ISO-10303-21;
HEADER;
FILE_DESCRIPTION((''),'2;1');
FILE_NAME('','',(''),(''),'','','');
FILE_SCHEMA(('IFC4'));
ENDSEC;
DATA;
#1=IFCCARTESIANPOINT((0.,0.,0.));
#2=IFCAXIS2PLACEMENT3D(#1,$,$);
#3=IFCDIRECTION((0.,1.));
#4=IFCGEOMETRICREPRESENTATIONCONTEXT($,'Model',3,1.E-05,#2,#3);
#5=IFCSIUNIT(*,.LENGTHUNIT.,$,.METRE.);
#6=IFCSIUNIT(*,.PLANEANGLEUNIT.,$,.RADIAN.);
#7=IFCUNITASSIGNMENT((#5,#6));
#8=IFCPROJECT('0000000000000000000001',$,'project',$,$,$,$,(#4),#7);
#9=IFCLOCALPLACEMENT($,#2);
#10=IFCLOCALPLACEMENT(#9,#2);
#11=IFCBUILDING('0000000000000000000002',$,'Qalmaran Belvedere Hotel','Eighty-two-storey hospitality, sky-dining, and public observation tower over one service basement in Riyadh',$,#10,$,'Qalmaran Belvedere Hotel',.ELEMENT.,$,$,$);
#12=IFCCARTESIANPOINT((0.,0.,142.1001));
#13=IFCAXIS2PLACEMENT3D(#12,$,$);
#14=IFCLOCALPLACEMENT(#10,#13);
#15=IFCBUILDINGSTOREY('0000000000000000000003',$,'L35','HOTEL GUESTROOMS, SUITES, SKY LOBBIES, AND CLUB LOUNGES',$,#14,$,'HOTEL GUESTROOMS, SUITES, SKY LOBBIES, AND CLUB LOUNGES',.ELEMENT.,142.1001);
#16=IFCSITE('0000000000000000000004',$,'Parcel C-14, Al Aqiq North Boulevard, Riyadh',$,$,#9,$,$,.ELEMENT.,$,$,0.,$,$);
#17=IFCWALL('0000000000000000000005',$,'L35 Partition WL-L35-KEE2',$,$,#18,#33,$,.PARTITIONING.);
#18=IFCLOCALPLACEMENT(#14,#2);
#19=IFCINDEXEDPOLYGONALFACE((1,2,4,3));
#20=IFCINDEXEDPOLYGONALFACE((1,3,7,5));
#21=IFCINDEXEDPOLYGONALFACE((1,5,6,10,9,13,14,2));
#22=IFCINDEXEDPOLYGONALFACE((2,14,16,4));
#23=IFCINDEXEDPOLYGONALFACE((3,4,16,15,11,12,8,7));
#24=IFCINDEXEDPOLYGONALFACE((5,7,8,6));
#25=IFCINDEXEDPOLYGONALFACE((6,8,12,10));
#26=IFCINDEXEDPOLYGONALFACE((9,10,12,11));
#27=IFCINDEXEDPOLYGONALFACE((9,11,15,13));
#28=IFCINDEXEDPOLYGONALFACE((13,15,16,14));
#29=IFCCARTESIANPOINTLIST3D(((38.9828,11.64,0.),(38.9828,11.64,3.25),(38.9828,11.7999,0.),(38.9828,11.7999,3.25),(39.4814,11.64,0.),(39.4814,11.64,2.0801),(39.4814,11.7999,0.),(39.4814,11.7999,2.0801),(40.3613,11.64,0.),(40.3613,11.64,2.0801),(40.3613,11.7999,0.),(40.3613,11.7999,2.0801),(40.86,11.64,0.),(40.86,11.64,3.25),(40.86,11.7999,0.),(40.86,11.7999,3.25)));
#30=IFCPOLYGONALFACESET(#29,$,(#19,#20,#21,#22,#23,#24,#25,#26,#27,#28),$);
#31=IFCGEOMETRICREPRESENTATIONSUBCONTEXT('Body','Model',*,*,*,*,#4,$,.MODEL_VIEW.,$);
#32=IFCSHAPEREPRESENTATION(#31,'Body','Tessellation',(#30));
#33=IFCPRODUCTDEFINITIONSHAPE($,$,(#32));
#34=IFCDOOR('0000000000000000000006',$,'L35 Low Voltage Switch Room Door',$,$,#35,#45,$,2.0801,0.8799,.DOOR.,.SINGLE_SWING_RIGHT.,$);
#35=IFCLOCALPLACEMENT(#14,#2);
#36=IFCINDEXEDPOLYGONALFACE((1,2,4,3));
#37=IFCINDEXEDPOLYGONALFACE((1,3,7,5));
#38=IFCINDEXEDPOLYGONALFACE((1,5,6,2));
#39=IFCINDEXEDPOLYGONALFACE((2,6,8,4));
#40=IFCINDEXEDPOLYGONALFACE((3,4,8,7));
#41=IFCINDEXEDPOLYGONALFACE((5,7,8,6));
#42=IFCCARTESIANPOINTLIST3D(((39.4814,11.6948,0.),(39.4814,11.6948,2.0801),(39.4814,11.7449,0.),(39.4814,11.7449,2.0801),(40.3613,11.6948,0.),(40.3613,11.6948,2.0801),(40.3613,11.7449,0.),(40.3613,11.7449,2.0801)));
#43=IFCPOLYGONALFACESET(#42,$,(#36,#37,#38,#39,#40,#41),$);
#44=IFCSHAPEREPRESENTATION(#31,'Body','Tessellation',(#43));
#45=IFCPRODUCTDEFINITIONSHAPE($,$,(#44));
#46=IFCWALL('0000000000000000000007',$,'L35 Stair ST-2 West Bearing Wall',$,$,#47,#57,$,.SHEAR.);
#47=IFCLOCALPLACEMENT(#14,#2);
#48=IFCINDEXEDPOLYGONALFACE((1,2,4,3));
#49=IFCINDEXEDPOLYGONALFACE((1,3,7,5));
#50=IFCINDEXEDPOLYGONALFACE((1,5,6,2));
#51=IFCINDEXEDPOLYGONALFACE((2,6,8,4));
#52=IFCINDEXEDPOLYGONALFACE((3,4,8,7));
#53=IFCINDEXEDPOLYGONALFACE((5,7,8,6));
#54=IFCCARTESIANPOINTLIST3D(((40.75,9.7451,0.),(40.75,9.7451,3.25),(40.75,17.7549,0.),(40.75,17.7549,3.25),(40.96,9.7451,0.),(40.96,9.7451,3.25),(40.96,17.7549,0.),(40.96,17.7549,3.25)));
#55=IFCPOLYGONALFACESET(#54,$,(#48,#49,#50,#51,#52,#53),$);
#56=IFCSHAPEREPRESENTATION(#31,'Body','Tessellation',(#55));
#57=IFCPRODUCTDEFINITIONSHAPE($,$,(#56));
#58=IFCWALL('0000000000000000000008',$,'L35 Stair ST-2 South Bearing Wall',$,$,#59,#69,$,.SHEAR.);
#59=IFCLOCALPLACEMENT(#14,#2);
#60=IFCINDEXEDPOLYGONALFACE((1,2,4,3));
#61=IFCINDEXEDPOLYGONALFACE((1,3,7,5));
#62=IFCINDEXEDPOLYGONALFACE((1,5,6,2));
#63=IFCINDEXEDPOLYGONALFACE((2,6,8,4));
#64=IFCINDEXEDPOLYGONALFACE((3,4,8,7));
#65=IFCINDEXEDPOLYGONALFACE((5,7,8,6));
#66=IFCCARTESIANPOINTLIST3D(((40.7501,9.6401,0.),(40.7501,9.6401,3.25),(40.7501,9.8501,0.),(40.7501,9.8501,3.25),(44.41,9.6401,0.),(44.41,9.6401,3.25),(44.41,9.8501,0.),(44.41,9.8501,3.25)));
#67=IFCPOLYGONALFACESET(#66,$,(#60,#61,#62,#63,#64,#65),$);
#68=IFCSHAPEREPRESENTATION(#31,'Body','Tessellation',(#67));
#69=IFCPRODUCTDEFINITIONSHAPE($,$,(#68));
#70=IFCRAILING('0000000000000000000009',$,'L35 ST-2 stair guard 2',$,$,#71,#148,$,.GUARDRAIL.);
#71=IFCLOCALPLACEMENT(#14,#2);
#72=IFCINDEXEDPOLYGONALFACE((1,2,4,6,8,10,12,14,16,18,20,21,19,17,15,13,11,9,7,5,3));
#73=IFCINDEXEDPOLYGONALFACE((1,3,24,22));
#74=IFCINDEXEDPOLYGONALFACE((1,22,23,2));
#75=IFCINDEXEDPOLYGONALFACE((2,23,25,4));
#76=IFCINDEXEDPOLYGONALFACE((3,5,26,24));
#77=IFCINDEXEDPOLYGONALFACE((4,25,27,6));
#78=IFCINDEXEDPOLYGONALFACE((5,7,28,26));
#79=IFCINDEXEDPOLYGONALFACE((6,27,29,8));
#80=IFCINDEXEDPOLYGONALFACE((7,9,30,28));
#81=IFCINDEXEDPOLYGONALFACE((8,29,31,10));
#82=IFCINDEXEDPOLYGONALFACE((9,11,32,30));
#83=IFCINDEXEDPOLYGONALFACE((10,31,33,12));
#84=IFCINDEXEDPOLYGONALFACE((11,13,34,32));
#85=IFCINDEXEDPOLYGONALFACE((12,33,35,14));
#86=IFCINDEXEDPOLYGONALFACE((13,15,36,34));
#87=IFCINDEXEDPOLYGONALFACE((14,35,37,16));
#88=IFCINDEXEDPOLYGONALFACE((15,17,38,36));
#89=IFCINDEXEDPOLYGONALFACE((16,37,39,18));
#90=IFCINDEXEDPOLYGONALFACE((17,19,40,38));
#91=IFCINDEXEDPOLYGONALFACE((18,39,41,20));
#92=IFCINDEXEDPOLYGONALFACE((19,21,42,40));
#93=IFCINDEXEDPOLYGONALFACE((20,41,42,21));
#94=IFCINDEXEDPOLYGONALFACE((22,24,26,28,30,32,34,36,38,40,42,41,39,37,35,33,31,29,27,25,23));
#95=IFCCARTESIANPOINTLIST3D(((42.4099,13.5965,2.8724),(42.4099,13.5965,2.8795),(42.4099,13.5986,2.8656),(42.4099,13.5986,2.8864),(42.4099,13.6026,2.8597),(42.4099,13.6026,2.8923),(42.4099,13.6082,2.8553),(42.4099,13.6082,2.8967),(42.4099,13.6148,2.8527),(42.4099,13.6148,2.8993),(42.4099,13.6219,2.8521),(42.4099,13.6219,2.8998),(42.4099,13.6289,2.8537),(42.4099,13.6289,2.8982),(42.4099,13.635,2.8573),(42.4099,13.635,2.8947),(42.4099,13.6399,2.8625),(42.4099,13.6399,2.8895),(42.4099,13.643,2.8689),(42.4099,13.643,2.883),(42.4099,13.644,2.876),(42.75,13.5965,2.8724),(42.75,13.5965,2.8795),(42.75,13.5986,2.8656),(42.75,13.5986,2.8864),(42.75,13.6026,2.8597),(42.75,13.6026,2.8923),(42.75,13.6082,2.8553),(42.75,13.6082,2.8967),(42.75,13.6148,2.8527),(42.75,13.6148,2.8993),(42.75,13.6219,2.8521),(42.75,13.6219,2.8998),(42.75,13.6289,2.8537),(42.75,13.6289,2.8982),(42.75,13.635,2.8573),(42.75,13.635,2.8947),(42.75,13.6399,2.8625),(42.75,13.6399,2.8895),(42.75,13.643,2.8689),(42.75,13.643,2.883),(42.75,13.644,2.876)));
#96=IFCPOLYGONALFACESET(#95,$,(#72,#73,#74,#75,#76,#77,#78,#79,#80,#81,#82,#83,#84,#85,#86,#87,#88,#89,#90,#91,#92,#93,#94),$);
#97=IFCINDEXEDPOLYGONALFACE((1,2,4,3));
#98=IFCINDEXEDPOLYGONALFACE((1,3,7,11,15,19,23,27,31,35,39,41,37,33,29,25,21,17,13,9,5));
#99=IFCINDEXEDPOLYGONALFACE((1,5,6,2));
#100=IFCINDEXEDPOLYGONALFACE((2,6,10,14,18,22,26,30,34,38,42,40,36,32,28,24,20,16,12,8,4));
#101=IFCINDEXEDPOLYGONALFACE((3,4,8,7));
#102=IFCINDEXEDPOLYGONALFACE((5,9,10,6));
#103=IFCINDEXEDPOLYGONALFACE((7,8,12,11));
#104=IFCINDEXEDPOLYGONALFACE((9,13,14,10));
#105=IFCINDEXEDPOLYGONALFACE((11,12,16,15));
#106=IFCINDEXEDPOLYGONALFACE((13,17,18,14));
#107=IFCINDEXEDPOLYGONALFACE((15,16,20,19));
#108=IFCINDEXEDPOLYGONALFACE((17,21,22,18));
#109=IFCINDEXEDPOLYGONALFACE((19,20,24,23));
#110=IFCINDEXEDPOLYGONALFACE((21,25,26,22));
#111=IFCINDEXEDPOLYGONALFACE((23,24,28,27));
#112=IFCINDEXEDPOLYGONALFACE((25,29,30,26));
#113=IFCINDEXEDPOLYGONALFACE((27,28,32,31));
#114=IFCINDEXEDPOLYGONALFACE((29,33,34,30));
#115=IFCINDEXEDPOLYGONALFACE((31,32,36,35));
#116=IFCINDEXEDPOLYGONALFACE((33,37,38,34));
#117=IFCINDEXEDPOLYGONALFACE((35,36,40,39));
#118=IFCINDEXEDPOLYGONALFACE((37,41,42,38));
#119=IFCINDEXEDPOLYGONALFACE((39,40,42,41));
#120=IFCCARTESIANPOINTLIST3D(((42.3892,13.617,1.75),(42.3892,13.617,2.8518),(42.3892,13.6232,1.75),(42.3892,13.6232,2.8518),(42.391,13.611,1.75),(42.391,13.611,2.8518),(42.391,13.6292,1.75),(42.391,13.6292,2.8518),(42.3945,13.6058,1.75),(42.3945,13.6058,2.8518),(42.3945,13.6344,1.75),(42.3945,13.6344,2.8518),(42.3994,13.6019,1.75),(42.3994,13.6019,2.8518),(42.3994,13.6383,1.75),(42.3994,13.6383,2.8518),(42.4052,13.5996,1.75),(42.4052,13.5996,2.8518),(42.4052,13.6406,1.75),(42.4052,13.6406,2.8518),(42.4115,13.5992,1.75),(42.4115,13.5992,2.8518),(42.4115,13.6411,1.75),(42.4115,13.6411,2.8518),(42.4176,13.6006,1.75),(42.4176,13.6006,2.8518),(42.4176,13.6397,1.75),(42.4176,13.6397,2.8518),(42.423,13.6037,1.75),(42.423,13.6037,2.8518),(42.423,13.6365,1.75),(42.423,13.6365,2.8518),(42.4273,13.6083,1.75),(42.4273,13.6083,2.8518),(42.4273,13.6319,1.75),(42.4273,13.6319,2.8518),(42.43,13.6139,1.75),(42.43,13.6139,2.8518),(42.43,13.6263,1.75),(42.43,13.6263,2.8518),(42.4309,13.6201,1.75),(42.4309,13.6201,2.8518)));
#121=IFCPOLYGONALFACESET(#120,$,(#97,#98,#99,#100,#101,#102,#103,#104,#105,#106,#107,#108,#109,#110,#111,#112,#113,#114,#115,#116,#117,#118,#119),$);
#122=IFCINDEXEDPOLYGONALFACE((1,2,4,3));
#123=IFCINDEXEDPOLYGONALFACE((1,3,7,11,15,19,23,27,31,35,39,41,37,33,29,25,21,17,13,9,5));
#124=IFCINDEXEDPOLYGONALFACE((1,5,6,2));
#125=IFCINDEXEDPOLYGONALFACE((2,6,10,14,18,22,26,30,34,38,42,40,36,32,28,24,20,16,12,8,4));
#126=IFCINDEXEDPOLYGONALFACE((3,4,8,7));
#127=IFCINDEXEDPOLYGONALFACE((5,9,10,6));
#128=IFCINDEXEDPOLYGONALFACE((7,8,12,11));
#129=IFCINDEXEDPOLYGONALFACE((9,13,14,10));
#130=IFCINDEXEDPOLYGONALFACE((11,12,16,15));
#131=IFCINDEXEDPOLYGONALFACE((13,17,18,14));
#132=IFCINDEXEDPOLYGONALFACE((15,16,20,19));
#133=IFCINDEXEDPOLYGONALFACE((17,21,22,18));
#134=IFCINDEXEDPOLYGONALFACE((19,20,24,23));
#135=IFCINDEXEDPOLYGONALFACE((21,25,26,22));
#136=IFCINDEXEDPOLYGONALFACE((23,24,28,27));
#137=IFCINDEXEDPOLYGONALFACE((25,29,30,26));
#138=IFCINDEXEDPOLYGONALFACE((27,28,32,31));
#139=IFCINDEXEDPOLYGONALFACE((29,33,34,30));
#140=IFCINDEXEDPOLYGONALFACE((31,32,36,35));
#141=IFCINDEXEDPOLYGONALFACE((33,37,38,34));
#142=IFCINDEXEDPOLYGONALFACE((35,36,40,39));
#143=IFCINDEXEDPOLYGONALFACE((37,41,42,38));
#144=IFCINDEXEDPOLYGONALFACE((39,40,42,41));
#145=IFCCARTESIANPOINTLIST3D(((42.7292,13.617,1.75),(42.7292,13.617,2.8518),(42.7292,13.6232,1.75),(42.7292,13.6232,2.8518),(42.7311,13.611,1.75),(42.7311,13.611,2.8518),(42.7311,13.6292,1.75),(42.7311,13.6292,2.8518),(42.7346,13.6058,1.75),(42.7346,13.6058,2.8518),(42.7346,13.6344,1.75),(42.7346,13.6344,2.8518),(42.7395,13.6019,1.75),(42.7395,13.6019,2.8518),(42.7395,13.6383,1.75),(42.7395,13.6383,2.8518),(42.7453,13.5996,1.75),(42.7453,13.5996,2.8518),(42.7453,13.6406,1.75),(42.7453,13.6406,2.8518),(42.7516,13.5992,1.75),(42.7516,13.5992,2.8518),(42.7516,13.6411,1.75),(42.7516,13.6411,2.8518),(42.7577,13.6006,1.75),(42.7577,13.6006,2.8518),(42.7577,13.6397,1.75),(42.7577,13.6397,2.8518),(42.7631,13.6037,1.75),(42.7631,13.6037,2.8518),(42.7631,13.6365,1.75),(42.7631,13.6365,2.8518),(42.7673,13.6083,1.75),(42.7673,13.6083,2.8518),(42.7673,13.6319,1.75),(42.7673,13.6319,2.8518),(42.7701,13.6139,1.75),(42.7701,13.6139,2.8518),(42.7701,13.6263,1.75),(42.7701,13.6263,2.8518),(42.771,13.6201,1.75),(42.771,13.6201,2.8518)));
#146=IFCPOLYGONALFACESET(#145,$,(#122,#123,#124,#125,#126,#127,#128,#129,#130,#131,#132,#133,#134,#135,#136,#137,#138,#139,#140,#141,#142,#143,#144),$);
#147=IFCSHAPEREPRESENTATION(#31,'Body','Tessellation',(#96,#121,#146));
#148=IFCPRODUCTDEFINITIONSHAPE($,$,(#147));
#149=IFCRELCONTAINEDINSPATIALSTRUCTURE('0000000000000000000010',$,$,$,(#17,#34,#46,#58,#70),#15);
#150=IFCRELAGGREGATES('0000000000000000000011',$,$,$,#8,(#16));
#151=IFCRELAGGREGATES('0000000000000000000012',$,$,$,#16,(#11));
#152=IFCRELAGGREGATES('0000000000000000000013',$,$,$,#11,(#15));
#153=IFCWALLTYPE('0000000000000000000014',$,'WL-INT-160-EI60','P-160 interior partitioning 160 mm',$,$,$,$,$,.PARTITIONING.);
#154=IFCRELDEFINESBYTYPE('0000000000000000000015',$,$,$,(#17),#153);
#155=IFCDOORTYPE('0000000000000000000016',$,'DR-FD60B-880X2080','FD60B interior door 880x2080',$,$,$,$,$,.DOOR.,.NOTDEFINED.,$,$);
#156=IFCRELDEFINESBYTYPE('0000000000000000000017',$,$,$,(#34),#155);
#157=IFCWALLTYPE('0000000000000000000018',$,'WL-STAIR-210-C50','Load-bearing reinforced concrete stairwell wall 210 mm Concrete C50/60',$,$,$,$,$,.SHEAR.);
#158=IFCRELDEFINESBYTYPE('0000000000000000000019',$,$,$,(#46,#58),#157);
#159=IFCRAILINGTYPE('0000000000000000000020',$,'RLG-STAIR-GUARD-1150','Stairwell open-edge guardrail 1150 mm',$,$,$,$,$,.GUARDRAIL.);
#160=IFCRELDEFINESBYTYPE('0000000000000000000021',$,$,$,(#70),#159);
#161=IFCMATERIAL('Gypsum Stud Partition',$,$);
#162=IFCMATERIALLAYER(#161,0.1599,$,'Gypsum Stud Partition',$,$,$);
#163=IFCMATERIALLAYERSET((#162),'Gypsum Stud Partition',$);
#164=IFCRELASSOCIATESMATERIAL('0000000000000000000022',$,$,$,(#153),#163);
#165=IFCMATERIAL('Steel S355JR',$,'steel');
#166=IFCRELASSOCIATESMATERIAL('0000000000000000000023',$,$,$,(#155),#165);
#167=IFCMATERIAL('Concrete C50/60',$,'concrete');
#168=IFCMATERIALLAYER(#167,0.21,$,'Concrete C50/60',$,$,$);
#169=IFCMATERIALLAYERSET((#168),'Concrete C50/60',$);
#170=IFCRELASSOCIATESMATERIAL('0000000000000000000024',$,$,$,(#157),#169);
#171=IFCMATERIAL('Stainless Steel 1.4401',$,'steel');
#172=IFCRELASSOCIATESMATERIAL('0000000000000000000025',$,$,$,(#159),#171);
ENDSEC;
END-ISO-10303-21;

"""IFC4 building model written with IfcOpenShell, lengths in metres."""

from ifc_helpers import new_model, si_unit, direction, frame, frame_2d, origin, origin_2d, place, context, subcontext, project, spatial, rectangle, circle, extrude, material, layer, layer_set, type_object, element, fill, save


model = new_model("IFC4")

# Units and contexts
model_context = context("Model", 3, precision=1e-05, world=origin(), true_north=direction((0.0, 1.0)))
body_context = subcontext(model_context, "Body", "Model", "MODEL_VIEW")
ifc_project = project(units=[si_unit("LENGTHUNIT", "METRE"), si_unit("PLANEANGLEUNIT", "RADIAN")], contexts=[model_context])

# Site, building, storey
site_placement = place(None, origin())
site = spatial("IfcSite", under=ifc_project, at=site_placement, Name="Parcel C-14, Al Aqiq North Boulevard, Riyadh", CompositionType="ELEMENT", RefElevation=0.0)
building_placement = place(site_placement, origin())
building = spatial("IfcBuilding", under=site, at=building_placement, Name="Qalmaran Belvedere Hotel", Description="Eighty-two-storey hospitality, sky-dining, and public observation tower over one service basement in Riyadh", LongName="Qalmaran Belvedere Hotel", CompositionType="ELEMENT")
storey_placement = place(building_placement, frame((0.0, 0.0, 142.1001)))
storey = spatial("IfcBuildingStorey", under=building, at=storey_placement, Name="L35", Description="HOTEL GUESTROOMS, SUITES, SKY LOBBIES, AND CLUB LOUNGES", LongName="HOTEL GUESTROOMS, SUITES, SKY LOBBIES, AND CLUB LOUNGES", CompositionType="ELEMENT", Elevation=142.1001)

# Shared definitions
ifc_material_1 = material(Name="Gypsum Stud Partition")

# Shared definitions
ifc_material_2 = material(Name="Stainless Steel 1.4401", Category="steel")

# Wall, opening, door
ifc_layer_1 = layer(ifc_material_1, 0.1599, Name="Gypsum Stud Partition")
ifc_layer_set_1 = layer_set([ifc_layer_1], Name="Gypsum Stud Partition")
wall_type_1 = type_object("IfcWallType", Name="WL-INT-160-EI60", Description="P-160 interior partitioning 160 mm", PredefinedType="PARTITIONING", material=ifc_layer_set_1)
wall_1_placement = place(storey_placement, frame((38.9829, 11.72, 0.0), z_axis=(0.0, 0.0, 1.0), x_axis=(1.0, 0.0, 0.0)))
wall_1 = element("IfcWall", 1, at=wall_1_placement, inside=storey, type_object=wall_type_1, Name="L35 Partition WL-L35-KEE2", PredefinedType="PARTITIONING", context=body_context, shape_type="SweptSolid", body=[
    extrude(rectangle(XDim=1.8772, YDim=0.1599, at=frame_2d((0.9385, 0.0))), origin(), (0.0, 0.0, 1.0), 3.25),
])
opening_1_placement = place(wall_1_placement, frame((0.4985, 0.0, 0.0)))
opening_1 = element("IfcOpeningElement", 2, at=opening_1_placement, cuts=wall_1, PredefinedType="OPENING", context=body_context, shape_type="SweptSolid", body=[
    extrude(rectangle(XDim=0.8799, YDim=2.0801, at=frame_2d((0.4399, 1.04))), frame((0.0, 0.0898, 0.0), z_axis=(0.0, -1.0, 0.0), x_axis=(1.0, 0.0, 0.0)), (0.0, 0.0, 1.0), 0.1799),
])
ifc_material_3 = material(Name="Steel S355JR", Category="steel")
door_type_1 = type_object("IfcDoorType", Name="DR-FD60B-880X2080", Description="FD60B interior door 880x2080", OperationType="NOTDEFINED", PredefinedType="DOOR", material=ifc_material_3)
door_1_placement = place(opening_1_placement, origin())
door_1 = element("IfcDoor", 3, at=door_1_placement, inside=storey, type_object=door_type_1, Name="L35 Low Voltage Switch Room Door", OperationType="SINGLE_SWING_RIGHT", OverallHeight=2.0801, OverallWidth=0.8799, PredefinedType="DOOR", context=body_context, shape_type="SweptSolid", body=[
    extrude(rectangle(XDim=0.8799, YDim=2.0801, at=frame_2d((0.4399, 1.04))), frame((0.0, 0.0249, 0.0), z_axis=(0.0, -1.0, 0.0), x_axis=(1.0, 0.0, 0.0)), (0.0, 0.0, 1.0), 0.05),
])
fill(opening_1, door_1)

# Walls
ifc_material_4 = material(Name="Concrete C50/60", Category="concrete")
ifc_layer_2 = layer(ifc_material_4, 0.21, Name="Concrete C50/60")
ifc_layer_set_2 = layer_set([ifc_layer_2], Name="Concrete C50/60")
wall_type_2 = type_object("IfcWallType", Name="WL-STAIR-210-C50", Description="Load-bearing reinforced concrete stairwell wall 210 mm Concrete C50/60", PredefinedType="SHEAR", material=ifc_layer_set_2)
wall_2_placement = place(storey_placement, frame((40.855, 9.7451, 0.0), z_axis=(0.0, 0.0, 1.0), x_axis=(0.0, 1.0, 0.0)))
element("IfcWall", 4, at=wall_2_placement, inside=storey, type_object=wall_type_2, Name="L35 Stair ST-2 West Bearing Wall", PredefinedType="SHEAR", context=body_context, shape_type="SweptSolid", body=[
    extrude(rectangle(XDim=8.0098, YDim=0.21, at=frame_2d((4.0049, 0.0))), origin(), (0.0, 0.0, 1.0), 3.25),
])
wall_3_placement = place(storey_placement, frame((40.75, 9.7451, 0.0), z_axis=(0.0, 0.0, 1.0), x_axis=(1.0, 0.0, 0.0)))
element("IfcWall", 5, at=wall_3_placement, inside=storey, type_object=wall_type_2, Name="L35 Stair ST-2 South Bearing Wall", PredefinedType="SHEAR", context=body_context, shape_type="SweptSolid", body=[
    extrude(rectangle(XDim=3.6599, YDim=0.21, at=frame_2d((1.8301, 0.0))), origin(), (0.0, 0.0, 1.0), 3.25),
])

# Railing
railing_type = type_object("IfcRailingType", Name="RLG-STAIR-GUARD-1150", Description="Stairwell open-edge guardrail 1150 mm", PredefinedType="GUARDRAIL", material=ifc_material_2)
railing_1_placement = place(storey_placement, frame((42.4099, 13.6201, 1.75)))
element("IfcRailing", 6, at=railing_1_placement, inside=storey, type_object=railing_type, Name="L35 ST-2 stair guard 2", PredefinedType="GUARDRAIL", context=body_context, shape_type="SweptSolid", body=[
    extrude(circle(Radius=0.0239, at=origin_2d()), frame((0.0, 0.0, 1.126), z_axis=(1.0, 0.0, 0.0), x_axis=(0.0, 1.0, 0.0)), (0.0, 0.0, 1.0), 0.3401),
    extrude(circle(Radius=0.021, at=origin_2d()), origin(), (0.0, 0.0, 1.0), 1.1018),
    extrude(circle(Radius=0.021, at=origin_2d()), frame((0.3401, 0.0, 0.0)), (0.0, 0.0, 1.0), 1.1018),
])

save(model, "model.ifc")
